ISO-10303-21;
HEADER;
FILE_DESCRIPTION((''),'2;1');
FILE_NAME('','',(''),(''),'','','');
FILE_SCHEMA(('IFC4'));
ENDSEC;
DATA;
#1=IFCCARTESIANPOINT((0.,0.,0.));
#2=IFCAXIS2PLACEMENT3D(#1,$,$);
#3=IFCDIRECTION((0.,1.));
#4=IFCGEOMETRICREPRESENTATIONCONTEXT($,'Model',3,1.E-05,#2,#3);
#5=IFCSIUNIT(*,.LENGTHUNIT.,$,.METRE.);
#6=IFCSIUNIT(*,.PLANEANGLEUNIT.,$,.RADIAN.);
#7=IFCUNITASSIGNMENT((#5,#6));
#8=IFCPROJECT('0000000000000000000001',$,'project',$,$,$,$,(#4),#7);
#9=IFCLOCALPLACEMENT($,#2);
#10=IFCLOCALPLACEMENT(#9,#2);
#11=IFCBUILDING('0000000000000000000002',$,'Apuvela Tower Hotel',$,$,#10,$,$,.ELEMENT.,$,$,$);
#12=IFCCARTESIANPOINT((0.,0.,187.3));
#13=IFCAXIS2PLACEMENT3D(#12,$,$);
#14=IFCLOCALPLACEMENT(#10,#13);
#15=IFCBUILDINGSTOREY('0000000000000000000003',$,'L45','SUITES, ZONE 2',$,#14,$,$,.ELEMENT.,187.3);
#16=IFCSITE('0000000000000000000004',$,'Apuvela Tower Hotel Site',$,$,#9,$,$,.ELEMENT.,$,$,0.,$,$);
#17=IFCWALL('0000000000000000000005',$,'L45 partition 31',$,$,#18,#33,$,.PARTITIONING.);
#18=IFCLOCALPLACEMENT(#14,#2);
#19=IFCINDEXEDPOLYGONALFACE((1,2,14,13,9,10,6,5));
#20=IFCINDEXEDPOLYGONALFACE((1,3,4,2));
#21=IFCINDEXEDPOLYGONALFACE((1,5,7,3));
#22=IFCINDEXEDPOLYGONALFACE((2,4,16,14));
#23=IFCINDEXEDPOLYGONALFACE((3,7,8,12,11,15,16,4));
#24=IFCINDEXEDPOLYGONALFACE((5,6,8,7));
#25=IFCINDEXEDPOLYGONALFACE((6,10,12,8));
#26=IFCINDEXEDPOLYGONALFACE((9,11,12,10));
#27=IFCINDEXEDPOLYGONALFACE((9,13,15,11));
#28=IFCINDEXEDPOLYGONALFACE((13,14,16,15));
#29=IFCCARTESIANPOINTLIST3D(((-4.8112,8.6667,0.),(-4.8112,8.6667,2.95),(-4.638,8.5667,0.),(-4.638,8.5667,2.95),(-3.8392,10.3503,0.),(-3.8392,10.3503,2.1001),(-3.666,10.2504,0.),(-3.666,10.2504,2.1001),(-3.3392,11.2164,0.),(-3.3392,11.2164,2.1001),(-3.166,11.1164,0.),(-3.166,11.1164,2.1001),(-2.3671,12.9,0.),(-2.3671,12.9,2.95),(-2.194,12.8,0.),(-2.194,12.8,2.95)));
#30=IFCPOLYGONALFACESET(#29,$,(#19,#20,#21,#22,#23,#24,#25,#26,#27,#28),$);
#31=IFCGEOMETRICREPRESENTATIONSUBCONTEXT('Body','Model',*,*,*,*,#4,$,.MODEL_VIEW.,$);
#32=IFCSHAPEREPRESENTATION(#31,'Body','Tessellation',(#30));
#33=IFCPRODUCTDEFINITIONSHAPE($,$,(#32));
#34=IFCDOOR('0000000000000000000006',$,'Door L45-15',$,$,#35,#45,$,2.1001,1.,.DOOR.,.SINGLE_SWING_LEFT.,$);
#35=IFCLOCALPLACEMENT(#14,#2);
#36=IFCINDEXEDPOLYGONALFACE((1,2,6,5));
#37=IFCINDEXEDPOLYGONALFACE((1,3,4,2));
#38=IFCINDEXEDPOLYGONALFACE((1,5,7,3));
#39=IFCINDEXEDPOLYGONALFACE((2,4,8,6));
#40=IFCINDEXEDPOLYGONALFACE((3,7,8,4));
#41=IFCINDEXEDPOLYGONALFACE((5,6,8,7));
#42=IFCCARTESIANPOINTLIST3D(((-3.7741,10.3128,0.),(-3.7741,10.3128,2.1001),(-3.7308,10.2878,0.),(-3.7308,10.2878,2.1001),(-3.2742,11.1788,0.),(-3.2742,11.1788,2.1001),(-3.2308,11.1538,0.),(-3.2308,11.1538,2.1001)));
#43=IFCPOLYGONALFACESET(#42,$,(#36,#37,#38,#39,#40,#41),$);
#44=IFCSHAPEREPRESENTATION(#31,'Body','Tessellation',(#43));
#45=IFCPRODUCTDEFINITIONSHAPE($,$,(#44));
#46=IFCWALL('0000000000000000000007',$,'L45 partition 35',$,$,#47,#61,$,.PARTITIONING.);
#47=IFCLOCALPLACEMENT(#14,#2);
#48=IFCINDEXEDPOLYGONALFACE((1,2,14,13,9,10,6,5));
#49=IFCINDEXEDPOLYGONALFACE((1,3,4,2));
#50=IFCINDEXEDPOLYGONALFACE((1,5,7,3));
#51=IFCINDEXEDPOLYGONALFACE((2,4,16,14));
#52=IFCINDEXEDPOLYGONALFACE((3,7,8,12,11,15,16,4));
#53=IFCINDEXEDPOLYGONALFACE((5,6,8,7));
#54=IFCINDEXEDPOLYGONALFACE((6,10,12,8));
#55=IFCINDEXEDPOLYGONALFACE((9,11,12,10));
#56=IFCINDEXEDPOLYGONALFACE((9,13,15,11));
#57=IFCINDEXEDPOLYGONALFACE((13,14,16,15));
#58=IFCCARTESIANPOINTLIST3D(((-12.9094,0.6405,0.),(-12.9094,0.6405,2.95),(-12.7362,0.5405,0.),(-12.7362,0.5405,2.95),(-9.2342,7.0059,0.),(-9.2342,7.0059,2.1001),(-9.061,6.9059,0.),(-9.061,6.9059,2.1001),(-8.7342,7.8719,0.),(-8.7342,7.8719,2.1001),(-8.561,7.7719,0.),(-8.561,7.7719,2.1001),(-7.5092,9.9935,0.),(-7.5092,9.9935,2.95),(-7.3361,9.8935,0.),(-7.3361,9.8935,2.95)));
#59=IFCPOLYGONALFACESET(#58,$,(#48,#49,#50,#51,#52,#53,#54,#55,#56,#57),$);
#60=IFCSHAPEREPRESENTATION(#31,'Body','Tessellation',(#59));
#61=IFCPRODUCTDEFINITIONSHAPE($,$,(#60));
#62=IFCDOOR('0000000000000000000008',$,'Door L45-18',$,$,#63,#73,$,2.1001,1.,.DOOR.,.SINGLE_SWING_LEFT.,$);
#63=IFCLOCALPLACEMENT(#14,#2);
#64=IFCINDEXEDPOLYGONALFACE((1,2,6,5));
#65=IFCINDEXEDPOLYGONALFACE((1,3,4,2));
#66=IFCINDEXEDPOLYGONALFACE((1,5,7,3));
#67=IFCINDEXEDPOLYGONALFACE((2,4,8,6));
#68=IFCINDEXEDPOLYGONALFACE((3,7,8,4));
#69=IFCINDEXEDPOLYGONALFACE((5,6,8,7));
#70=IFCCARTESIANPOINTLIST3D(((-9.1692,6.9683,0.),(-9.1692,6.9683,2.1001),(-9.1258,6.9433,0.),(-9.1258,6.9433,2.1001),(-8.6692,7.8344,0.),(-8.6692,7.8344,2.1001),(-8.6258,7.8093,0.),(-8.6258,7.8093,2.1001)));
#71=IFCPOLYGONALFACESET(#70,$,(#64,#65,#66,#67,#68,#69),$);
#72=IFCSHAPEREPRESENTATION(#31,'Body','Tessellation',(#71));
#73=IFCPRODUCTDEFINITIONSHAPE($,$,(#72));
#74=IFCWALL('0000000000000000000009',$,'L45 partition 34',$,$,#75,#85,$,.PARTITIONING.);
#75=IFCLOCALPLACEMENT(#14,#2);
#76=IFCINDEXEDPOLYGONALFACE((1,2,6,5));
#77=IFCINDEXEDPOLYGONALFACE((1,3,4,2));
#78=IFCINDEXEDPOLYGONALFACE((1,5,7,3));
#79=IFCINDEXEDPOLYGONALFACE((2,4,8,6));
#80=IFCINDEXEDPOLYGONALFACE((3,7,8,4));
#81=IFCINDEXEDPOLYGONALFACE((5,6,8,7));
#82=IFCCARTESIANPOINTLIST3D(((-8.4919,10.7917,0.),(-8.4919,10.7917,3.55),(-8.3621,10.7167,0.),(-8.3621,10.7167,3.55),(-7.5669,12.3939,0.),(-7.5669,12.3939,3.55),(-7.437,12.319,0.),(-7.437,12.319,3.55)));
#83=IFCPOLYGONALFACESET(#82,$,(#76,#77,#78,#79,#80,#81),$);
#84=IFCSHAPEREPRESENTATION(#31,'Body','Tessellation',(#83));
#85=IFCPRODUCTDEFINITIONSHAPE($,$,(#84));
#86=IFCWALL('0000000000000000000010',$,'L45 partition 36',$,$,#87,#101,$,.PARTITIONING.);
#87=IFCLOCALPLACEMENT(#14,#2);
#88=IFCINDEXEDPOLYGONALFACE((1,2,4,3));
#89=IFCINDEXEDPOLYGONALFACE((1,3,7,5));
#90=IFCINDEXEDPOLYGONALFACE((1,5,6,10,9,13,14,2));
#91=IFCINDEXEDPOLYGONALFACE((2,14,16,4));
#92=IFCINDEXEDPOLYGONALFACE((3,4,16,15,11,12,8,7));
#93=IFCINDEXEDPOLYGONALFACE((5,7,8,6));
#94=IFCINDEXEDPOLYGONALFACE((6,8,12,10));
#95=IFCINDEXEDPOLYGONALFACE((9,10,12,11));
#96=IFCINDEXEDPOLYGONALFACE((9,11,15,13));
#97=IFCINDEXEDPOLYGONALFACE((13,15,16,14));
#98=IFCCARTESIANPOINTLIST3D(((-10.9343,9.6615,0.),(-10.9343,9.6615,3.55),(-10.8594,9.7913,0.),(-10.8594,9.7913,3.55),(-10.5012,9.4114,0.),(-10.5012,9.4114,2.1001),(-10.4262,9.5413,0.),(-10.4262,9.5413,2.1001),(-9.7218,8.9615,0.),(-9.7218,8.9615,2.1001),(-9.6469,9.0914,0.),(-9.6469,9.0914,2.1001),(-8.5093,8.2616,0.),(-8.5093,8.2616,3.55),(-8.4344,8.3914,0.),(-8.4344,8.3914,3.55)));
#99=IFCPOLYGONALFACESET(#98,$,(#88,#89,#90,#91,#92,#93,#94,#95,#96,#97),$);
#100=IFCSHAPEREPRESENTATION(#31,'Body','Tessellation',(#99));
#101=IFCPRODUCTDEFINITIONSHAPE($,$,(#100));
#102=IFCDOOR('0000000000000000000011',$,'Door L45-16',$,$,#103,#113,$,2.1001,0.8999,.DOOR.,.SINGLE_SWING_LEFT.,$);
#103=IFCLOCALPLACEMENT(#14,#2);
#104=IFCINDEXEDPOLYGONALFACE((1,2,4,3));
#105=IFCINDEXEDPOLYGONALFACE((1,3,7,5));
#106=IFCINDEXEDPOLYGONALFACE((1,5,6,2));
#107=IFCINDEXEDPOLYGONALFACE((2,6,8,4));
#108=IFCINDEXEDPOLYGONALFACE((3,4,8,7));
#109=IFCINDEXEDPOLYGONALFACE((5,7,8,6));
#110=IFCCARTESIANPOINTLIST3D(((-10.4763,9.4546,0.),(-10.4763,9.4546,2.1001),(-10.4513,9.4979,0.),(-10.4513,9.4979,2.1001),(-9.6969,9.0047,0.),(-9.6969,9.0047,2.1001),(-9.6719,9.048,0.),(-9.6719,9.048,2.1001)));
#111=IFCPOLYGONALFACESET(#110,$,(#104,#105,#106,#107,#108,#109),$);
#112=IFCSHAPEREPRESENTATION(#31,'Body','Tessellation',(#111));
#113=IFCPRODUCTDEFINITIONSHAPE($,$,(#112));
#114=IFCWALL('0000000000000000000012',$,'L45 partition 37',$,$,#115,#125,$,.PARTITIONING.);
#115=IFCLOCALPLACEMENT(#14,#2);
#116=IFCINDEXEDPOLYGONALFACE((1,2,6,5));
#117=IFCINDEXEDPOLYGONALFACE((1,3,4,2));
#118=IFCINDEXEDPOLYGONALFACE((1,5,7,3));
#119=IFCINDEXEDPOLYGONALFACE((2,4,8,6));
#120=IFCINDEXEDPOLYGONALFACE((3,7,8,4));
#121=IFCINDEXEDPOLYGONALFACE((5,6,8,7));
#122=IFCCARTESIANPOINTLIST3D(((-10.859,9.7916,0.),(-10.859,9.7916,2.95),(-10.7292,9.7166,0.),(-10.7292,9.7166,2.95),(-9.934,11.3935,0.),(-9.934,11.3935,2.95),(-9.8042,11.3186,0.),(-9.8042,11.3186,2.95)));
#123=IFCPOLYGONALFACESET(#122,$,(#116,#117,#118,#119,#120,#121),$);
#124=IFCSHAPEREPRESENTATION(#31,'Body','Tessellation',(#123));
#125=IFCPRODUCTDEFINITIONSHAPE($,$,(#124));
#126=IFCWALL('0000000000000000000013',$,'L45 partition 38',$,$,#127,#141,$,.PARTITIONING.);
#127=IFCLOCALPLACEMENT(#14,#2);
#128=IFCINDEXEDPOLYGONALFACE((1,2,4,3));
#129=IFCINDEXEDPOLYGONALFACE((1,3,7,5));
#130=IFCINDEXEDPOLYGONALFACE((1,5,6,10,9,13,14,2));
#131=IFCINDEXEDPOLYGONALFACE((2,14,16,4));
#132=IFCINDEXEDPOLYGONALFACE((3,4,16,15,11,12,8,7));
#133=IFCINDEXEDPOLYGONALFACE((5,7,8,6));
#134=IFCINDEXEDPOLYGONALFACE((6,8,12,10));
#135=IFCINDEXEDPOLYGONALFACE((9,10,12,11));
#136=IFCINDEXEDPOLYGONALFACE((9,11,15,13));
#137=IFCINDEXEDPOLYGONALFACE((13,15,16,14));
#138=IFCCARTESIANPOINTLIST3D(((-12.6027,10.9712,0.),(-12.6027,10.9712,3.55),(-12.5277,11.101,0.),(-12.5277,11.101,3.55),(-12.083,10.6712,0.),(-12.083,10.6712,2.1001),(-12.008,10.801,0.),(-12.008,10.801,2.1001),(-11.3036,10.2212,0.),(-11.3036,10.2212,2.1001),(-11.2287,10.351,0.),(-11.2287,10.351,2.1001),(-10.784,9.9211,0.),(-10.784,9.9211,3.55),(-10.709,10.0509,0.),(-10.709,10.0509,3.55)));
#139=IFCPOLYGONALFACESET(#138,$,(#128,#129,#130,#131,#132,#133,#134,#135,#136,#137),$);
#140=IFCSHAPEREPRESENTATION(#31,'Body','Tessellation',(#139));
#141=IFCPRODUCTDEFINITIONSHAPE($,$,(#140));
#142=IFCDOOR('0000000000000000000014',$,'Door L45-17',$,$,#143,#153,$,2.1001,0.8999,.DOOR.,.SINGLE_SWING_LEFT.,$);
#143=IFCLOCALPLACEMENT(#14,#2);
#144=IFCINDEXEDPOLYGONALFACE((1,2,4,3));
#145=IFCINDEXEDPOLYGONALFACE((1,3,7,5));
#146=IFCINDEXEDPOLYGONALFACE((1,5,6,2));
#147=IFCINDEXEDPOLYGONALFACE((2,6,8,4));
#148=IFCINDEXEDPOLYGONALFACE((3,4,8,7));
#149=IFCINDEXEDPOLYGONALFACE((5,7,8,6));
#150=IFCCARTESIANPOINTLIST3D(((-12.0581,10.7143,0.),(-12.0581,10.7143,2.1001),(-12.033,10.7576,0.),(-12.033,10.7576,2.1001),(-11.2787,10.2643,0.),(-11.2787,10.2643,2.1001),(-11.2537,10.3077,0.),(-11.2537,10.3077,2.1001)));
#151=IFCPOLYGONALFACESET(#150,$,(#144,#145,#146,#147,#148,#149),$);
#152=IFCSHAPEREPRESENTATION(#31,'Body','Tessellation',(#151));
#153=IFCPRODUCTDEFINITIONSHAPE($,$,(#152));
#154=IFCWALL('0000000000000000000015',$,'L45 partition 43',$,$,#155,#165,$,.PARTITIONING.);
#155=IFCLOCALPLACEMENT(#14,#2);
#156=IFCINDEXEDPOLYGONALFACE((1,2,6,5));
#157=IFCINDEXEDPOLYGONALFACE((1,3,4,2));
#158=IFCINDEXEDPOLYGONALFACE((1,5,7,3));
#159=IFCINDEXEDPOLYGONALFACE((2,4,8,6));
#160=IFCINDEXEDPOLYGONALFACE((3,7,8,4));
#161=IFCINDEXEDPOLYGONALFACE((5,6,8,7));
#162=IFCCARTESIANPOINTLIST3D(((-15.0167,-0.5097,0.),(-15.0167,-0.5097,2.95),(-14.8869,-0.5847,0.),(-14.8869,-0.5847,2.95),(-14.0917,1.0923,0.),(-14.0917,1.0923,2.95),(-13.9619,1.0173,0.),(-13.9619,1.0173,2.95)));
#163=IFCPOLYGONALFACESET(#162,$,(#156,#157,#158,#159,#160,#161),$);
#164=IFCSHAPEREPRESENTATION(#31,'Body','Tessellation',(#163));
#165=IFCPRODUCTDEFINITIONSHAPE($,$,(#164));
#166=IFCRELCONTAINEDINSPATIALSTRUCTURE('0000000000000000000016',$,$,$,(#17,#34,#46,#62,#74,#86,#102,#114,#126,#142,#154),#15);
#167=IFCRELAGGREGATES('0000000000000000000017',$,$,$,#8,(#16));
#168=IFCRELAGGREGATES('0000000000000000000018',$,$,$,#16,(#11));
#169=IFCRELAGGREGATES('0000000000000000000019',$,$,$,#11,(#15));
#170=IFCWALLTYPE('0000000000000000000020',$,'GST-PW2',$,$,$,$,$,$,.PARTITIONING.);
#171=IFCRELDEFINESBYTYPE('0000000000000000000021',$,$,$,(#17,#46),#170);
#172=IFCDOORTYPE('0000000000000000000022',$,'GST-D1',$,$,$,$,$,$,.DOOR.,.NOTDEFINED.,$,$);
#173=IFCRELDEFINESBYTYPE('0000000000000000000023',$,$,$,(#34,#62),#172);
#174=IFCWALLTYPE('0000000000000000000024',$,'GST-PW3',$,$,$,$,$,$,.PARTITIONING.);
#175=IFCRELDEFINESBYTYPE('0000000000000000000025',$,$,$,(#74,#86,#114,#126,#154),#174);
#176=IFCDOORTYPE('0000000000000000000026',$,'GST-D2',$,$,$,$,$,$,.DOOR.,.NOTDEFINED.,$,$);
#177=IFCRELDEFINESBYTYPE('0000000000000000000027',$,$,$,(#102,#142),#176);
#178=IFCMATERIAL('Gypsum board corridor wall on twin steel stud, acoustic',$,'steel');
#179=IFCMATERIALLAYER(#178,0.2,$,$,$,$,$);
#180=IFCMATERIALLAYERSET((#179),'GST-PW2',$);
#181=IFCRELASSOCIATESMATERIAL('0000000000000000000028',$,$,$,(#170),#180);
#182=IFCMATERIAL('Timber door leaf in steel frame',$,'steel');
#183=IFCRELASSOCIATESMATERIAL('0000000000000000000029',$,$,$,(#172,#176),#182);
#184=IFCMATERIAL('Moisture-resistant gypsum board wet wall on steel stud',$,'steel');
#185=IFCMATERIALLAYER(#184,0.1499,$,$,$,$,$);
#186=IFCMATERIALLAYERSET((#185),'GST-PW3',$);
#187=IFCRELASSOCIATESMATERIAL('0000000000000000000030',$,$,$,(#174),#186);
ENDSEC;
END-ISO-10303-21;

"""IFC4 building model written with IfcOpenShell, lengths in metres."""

from ifc_helpers import new_model, si_unit, direction, frame, frame_2d, origin, place, context, subcontext, project, spatial, rectangle, extrude, material, layer, layer_set, type_object, element, fill, save


model = new_model("IFC4")

# Units and contexts
model_context = context("Model", 3, precision=1e-05, world=origin(), true_north=direction((0.0, 1.0)))
body_context = subcontext(model_context, "Body", "Model", "MODEL_VIEW")
ifc_project = project(units=[si_unit("LENGTHUNIT", "METRE"), si_unit("PLANEANGLEUNIT", "RADIAN")], contexts=[model_context])

# Site, building, storey
site_placement = place(None, origin())
site = spatial("IfcSite", under=ifc_project, at=site_placement, Name="Apuvela Tower Hotel Site", CompositionType="ELEMENT", RefElevation=0.0)
building_placement = place(site_placement, origin())
building = spatial("IfcBuilding", under=site, at=building_placement, Name="Apuvela Tower Hotel", CompositionType="ELEMENT")
storey_placement = place(building_placement, frame((0.0, 0.0, 187.3)))
storey = spatial("IfcBuildingStorey", under=building, at=storey_placement, Name="L45", Description="SUITES, ZONE 2", CompositionType="ELEMENT", Elevation=187.3)

# Walls, openings, doors
ifc_material_1 = material(Name="Gypsum board corridor wall on twin steel stud, acoustic", Category="steel")
ifc_layer_1 = layer(ifc_material_1, 0.2)
ifc_layer_set_1 = layer_set([ifc_layer_1], Name="GST-PW2")
wall_type_1 = type_object("IfcWallType", Name="GST-PW2", PredefinedType="PARTITIONING", material=ifc_layer_set_1)
wall_1_placement = place(storey_placement, frame((-4.7246, 8.6167, 0.0), z_axis=(0.0, 0.0, 1.0), x_axis=(0.49999, 0.866031, 0.0)))
wall_1 = element("IfcWall", 1, at=wall_1_placement, inside=storey, type_object=wall_type_1, Name="L45 partition 31", PredefinedType="PARTITIONING", context=body_context, shape_type="SweptSolid", body=[
    extrude(rectangle(XDim=4.8882, YDim=0.2, at=frame_2d((2.4441, 0.0))), origin(), (0.0, 0.0, 1.0), 2.95),
])
opening_1_placement = place(wall_1_placement, frame((1.9441, 0.0, 0.0)))
opening_1 = element("IfcOpeningElement", 2, at=opening_1_placement, cuts=wall_1, PredefinedType="OPENING", context=body_context, shape_type="SweptSolid", body=[
    extrude(rectangle(XDim=1.0, YDim=2.1001, at=frame_2d((0.5, 1.05))), frame((0.0, 0.1099, 0.0), z_axis=(0.0, -1.0, 0.0), x_axis=(1.0, 0.0, 0.0)), (0.0, 0.0, 1.0), 0.22),
])
ifc_material_2 = material(Name="Timber door leaf in steel frame", Category="steel")
door_type_1 = type_object("IfcDoorType", Name="GST-D1", OperationType="NOTDEFINED", PredefinedType="DOOR", material=ifc_material_2)
door_1_placement = place(opening_1_placement, origin())
door_1 = element("IfcDoor", 3, at=door_1_placement, inside=storey, type_object=door_type_1, Name="Door L45-15", OperationType="SINGLE_SWING_LEFT", OverallHeight=2.1001, OverallWidth=1.0, PredefinedType="DOOR", context=body_context, shape_type="SweptSolid", body=[
    extrude(rectangle(XDim=1.0, YDim=2.1001, at=frame_2d((0.5, 1.05))), frame((0.0, 0.0249, 0.0), z_axis=(0.0, -1.0, 0.0), x_axis=(1.0, 0.0, 0.0)), (0.0, 0.0, 1.0), 0.05),
])
fill(opening_1, door_1)
wall_2_placement = place(storey_placement, frame((-12.8228, 0.5906, 0.0), z_axis=(0.0, 0.0, 1.0), x_axis=(0.500012, 0.866018, 0.0)))
wall_2 = element("IfcWall", 4, at=wall_2_placement, inside=storey, type_object=wall_type_1, Name="L45 partition 35", PredefinedType="PARTITIONING", context=body_context, shape_type="SweptSolid", body=[
    extrude(rectangle(XDim=10.8, YDim=0.2, at=frame_2d((5.3999, 0.0))), origin(), (0.0, 0.0, 1.0), 2.95),
])
opening_2_placement = place(wall_2_placement, frame((7.3501, 0.0, 0.0)))
opening_2 = element("IfcOpeningElement", 5, at=opening_2_placement, cuts=wall_2, PredefinedType="OPENING", context=body_context, shape_type="SweptSolid", body=[
    extrude(rectangle(XDim=1.0, YDim=2.1001, at=frame_2d((0.5, 1.05))), frame((0.0, 0.1099, 0.0), z_axis=(0.0, -1.0, 0.0), x_axis=(1.0, 0.0, 0.0)), (0.0, 0.0, 1.0), 0.22),
])
door_2_placement = place(opening_2_placement, origin())
door_2 = element("IfcDoor", 6, at=door_2_placement, inside=storey, type_object=door_type_1, Name="Door L45-18", OperationType="SINGLE_SWING_LEFT", OverallHeight=2.1001, OverallWidth=1.0, PredefinedType="DOOR", context=body_context, shape_type="SweptSolid", body=[
    extrude(rectangle(XDim=1.0, YDim=2.1001, at=frame_2d((0.5, 1.05))), frame((0.0, 0.0249, 0.0), z_axis=(0.0, -1.0, 0.0), x_axis=(1.0, 0.0, 0.0)), (0.0, 0.0, 1.0), 0.05),
])
fill(opening_2, door_2)

# Wall
ifc_material_3 = material(Name="Moisture-resistant gypsum board wet wall on steel stud", Category="steel")
ifc_layer_2 = layer(ifc_material_3, 0.1499)
ifc_layer_set_2 = layer_set([ifc_layer_2], Name="GST-PW3")
wall_type_2 = type_object("IfcWallType", Name="GST-PW3", PredefinedType="PARTITIONING", material=ifc_layer_set_2)
wall_3_placement = place(storey_placement, frame((-7.502, 12.3564, 0.0), z_axis=(0.0, 0.0, 1.0), x_axis=(-0.499985, -0.866034, 0.0)))
element("IfcWall", 7, at=wall_3_placement, inside=storey, type_object=wall_type_2, Name="L45 partition 34", PredefinedType="PARTITIONING", context=body_context, shape_type="SweptSolid", body=[
    extrude(rectangle(XDim=1.8501, YDim=0.1499, at=frame_2d((0.925, 0.0))), origin(), (0.0, 0.0, 1.0), 3.55),
])

# Wall, opening, door
wall_4_placement = place(storey_placement, frame((-10.8967, 9.7263, 0.0), z_axis=(0.0, 0.0, 1.0), x_axis=(0.866056, -0.499946, 0.0)))
wall_4 = element("IfcWall", 8, at=wall_4_placement, inside=storey, type_object=wall_type_2, Name="L45 partition 36", PredefinedType="PARTITIONING", context=body_context, shape_type="SweptSolid", body=[
    extrude(rectangle(XDim=2.8, YDim=0.1499, at=frame_2d((1.3999, 0.0))), origin(), (0.0, 0.0, 1.0), 3.55),
])
opening_3_placement = place(wall_4_placement, frame((0.5, 0.0, 0.0)))
opening_3 = element("IfcOpeningElement", 9, at=opening_3_placement, cuts=wall_4, PredefinedType="OPENING", context=body_context, shape_type="SweptSolid", body=[
    extrude(rectangle(XDim=0.8999, YDim=2.1001, at=frame_2d((0.45, 1.05))), frame((0.0, 0.085, 0.0), z_axis=(0.0, -1.0, 0.0), x_axis=(1.0, 0.0, 0.0)), (0.0, 0.0, 1.0), 0.1699),
])
door_type_2 = type_object("IfcDoorType", Name="GST-D2", OperationType="NOTDEFINED", PredefinedType="DOOR", material=ifc_material_2)
door_3_placement = place(opening_3_placement, origin())
door_3 = element("IfcDoor", 10, at=door_3_placement, inside=storey, type_object=door_type_2, Name="Door L45-16", OperationType="SINGLE_SWING_LEFT", OverallHeight=2.1001, OverallWidth=0.8999, PredefinedType="DOOR", context=body_context, shape_type="SweptSolid", body=[
    extrude(rectangle(XDim=0.8999, YDim=2.1001, at=frame_2d((0.45, 1.05))), frame((0.0, 0.0249, 0.0), z_axis=(0.0, -1.0, 0.0), x_axis=(1.0, 0.0, 0.0)), (0.0, 0.0, 1.0), 0.05),
])
fill(opening_3, door_3)

# Wall
wall_5_placement = place(storey_placement, frame((-9.8691, 11.356, 0.0), z_axis=(0.0, 0.0, 1.0), x_axis=(-0.500042, -0.866001, 0.0)))
element("IfcWall", 11, at=wall_5_placement, inside=storey, type_object=wall_type_2, Name="L45 partition 37", PredefinedType="PARTITIONING", context=body_context, shape_type="SweptSolid", body=[
    extrude(rectangle(XDim=1.8499, YDim=0.1499, at=frame_2d((0.9248, 0.0))), origin(), (0.0, 0.0, 1.0), 2.95),
])

# Wall, opening, door
wall_6_placement = place(storey_placement, frame((-12.5652, 11.0361, 0.0), z_axis=(0.0, 0.0, 1.0), x_axis=(0.866009, -0.500028, 0.0)))
wall_6 = element("IfcWall", 12, at=wall_6_placement, inside=storey, type_object=wall_type_2, Name="L45 partition 38", PredefinedType="PARTITIONING", context=body_context, shape_type="SweptSolid", body=[
    extrude(rectangle(XDim=2.1001, YDim=0.1499, at=frame_2d((1.05, 0.0))), origin(), (0.0, 0.0, 1.0), 3.55),
])
opening_4_placement = place(wall_6_placement, frame((0.6001, 0.0, 0.0)))
opening_4 = element("IfcOpeningElement", 13, at=opening_4_placement, cuts=wall_6, PredefinedType="OPENING", context=body_context, shape_type="SweptSolid", body=[
    extrude(rectangle(XDim=0.8999, YDim=2.1001, at=frame_2d((0.45, 1.05))), frame((0.0, 0.085, 0.0), z_axis=(0.0, -1.0, 0.0), x_axis=(1.0, 0.0, 0.0)), (0.0, 0.0, 1.0), 0.1699),
])
door_4_placement = place(opening_4_placement, origin())
door_4 = element("IfcDoor", 14, at=door_4_placement, inside=storey, type_object=door_type_2, Name="Door L45-17", OperationType="SINGLE_SWING_LEFT", OverallHeight=2.1001, OverallWidth=0.8999, PredefinedType="DOOR", context=body_context, shape_type="SweptSolid", body=[
    extrude(rectangle(XDim=0.8999, YDim=2.1001, at=frame_2d((0.45, 1.05))), frame((0.0, 0.0249, 0.0), z_axis=(0.0, -1.0, 0.0), x_axis=(1.0, 0.0, 0.0)), (0.0, 0.0, 1.0), 0.05),
])
fill(opening_4, door_4)

# Wall
wall_7_placement = place(storey_placement, frame((-14.0269, 1.0547, 0.0), z_axis=(0.0, 0.0, 1.0), x_axis=(-0.500042, -0.866001, 0.0)))
element("IfcWall", 15, at=wall_7_placement, inside=storey, type_object=wall_type_2, Name="L45 partition 43", PredefinedType="PARTITIONING", context=body_context, shape_type="SweptSolid", body=[
    extrude(rectangle(XDim=1.8499, YDim=0.1499, at=frame_2d((0.9248, 0.0))), origin(), (0.0, 0.0, 1.0), 2.95),
])

save(model, "model.ifc")
